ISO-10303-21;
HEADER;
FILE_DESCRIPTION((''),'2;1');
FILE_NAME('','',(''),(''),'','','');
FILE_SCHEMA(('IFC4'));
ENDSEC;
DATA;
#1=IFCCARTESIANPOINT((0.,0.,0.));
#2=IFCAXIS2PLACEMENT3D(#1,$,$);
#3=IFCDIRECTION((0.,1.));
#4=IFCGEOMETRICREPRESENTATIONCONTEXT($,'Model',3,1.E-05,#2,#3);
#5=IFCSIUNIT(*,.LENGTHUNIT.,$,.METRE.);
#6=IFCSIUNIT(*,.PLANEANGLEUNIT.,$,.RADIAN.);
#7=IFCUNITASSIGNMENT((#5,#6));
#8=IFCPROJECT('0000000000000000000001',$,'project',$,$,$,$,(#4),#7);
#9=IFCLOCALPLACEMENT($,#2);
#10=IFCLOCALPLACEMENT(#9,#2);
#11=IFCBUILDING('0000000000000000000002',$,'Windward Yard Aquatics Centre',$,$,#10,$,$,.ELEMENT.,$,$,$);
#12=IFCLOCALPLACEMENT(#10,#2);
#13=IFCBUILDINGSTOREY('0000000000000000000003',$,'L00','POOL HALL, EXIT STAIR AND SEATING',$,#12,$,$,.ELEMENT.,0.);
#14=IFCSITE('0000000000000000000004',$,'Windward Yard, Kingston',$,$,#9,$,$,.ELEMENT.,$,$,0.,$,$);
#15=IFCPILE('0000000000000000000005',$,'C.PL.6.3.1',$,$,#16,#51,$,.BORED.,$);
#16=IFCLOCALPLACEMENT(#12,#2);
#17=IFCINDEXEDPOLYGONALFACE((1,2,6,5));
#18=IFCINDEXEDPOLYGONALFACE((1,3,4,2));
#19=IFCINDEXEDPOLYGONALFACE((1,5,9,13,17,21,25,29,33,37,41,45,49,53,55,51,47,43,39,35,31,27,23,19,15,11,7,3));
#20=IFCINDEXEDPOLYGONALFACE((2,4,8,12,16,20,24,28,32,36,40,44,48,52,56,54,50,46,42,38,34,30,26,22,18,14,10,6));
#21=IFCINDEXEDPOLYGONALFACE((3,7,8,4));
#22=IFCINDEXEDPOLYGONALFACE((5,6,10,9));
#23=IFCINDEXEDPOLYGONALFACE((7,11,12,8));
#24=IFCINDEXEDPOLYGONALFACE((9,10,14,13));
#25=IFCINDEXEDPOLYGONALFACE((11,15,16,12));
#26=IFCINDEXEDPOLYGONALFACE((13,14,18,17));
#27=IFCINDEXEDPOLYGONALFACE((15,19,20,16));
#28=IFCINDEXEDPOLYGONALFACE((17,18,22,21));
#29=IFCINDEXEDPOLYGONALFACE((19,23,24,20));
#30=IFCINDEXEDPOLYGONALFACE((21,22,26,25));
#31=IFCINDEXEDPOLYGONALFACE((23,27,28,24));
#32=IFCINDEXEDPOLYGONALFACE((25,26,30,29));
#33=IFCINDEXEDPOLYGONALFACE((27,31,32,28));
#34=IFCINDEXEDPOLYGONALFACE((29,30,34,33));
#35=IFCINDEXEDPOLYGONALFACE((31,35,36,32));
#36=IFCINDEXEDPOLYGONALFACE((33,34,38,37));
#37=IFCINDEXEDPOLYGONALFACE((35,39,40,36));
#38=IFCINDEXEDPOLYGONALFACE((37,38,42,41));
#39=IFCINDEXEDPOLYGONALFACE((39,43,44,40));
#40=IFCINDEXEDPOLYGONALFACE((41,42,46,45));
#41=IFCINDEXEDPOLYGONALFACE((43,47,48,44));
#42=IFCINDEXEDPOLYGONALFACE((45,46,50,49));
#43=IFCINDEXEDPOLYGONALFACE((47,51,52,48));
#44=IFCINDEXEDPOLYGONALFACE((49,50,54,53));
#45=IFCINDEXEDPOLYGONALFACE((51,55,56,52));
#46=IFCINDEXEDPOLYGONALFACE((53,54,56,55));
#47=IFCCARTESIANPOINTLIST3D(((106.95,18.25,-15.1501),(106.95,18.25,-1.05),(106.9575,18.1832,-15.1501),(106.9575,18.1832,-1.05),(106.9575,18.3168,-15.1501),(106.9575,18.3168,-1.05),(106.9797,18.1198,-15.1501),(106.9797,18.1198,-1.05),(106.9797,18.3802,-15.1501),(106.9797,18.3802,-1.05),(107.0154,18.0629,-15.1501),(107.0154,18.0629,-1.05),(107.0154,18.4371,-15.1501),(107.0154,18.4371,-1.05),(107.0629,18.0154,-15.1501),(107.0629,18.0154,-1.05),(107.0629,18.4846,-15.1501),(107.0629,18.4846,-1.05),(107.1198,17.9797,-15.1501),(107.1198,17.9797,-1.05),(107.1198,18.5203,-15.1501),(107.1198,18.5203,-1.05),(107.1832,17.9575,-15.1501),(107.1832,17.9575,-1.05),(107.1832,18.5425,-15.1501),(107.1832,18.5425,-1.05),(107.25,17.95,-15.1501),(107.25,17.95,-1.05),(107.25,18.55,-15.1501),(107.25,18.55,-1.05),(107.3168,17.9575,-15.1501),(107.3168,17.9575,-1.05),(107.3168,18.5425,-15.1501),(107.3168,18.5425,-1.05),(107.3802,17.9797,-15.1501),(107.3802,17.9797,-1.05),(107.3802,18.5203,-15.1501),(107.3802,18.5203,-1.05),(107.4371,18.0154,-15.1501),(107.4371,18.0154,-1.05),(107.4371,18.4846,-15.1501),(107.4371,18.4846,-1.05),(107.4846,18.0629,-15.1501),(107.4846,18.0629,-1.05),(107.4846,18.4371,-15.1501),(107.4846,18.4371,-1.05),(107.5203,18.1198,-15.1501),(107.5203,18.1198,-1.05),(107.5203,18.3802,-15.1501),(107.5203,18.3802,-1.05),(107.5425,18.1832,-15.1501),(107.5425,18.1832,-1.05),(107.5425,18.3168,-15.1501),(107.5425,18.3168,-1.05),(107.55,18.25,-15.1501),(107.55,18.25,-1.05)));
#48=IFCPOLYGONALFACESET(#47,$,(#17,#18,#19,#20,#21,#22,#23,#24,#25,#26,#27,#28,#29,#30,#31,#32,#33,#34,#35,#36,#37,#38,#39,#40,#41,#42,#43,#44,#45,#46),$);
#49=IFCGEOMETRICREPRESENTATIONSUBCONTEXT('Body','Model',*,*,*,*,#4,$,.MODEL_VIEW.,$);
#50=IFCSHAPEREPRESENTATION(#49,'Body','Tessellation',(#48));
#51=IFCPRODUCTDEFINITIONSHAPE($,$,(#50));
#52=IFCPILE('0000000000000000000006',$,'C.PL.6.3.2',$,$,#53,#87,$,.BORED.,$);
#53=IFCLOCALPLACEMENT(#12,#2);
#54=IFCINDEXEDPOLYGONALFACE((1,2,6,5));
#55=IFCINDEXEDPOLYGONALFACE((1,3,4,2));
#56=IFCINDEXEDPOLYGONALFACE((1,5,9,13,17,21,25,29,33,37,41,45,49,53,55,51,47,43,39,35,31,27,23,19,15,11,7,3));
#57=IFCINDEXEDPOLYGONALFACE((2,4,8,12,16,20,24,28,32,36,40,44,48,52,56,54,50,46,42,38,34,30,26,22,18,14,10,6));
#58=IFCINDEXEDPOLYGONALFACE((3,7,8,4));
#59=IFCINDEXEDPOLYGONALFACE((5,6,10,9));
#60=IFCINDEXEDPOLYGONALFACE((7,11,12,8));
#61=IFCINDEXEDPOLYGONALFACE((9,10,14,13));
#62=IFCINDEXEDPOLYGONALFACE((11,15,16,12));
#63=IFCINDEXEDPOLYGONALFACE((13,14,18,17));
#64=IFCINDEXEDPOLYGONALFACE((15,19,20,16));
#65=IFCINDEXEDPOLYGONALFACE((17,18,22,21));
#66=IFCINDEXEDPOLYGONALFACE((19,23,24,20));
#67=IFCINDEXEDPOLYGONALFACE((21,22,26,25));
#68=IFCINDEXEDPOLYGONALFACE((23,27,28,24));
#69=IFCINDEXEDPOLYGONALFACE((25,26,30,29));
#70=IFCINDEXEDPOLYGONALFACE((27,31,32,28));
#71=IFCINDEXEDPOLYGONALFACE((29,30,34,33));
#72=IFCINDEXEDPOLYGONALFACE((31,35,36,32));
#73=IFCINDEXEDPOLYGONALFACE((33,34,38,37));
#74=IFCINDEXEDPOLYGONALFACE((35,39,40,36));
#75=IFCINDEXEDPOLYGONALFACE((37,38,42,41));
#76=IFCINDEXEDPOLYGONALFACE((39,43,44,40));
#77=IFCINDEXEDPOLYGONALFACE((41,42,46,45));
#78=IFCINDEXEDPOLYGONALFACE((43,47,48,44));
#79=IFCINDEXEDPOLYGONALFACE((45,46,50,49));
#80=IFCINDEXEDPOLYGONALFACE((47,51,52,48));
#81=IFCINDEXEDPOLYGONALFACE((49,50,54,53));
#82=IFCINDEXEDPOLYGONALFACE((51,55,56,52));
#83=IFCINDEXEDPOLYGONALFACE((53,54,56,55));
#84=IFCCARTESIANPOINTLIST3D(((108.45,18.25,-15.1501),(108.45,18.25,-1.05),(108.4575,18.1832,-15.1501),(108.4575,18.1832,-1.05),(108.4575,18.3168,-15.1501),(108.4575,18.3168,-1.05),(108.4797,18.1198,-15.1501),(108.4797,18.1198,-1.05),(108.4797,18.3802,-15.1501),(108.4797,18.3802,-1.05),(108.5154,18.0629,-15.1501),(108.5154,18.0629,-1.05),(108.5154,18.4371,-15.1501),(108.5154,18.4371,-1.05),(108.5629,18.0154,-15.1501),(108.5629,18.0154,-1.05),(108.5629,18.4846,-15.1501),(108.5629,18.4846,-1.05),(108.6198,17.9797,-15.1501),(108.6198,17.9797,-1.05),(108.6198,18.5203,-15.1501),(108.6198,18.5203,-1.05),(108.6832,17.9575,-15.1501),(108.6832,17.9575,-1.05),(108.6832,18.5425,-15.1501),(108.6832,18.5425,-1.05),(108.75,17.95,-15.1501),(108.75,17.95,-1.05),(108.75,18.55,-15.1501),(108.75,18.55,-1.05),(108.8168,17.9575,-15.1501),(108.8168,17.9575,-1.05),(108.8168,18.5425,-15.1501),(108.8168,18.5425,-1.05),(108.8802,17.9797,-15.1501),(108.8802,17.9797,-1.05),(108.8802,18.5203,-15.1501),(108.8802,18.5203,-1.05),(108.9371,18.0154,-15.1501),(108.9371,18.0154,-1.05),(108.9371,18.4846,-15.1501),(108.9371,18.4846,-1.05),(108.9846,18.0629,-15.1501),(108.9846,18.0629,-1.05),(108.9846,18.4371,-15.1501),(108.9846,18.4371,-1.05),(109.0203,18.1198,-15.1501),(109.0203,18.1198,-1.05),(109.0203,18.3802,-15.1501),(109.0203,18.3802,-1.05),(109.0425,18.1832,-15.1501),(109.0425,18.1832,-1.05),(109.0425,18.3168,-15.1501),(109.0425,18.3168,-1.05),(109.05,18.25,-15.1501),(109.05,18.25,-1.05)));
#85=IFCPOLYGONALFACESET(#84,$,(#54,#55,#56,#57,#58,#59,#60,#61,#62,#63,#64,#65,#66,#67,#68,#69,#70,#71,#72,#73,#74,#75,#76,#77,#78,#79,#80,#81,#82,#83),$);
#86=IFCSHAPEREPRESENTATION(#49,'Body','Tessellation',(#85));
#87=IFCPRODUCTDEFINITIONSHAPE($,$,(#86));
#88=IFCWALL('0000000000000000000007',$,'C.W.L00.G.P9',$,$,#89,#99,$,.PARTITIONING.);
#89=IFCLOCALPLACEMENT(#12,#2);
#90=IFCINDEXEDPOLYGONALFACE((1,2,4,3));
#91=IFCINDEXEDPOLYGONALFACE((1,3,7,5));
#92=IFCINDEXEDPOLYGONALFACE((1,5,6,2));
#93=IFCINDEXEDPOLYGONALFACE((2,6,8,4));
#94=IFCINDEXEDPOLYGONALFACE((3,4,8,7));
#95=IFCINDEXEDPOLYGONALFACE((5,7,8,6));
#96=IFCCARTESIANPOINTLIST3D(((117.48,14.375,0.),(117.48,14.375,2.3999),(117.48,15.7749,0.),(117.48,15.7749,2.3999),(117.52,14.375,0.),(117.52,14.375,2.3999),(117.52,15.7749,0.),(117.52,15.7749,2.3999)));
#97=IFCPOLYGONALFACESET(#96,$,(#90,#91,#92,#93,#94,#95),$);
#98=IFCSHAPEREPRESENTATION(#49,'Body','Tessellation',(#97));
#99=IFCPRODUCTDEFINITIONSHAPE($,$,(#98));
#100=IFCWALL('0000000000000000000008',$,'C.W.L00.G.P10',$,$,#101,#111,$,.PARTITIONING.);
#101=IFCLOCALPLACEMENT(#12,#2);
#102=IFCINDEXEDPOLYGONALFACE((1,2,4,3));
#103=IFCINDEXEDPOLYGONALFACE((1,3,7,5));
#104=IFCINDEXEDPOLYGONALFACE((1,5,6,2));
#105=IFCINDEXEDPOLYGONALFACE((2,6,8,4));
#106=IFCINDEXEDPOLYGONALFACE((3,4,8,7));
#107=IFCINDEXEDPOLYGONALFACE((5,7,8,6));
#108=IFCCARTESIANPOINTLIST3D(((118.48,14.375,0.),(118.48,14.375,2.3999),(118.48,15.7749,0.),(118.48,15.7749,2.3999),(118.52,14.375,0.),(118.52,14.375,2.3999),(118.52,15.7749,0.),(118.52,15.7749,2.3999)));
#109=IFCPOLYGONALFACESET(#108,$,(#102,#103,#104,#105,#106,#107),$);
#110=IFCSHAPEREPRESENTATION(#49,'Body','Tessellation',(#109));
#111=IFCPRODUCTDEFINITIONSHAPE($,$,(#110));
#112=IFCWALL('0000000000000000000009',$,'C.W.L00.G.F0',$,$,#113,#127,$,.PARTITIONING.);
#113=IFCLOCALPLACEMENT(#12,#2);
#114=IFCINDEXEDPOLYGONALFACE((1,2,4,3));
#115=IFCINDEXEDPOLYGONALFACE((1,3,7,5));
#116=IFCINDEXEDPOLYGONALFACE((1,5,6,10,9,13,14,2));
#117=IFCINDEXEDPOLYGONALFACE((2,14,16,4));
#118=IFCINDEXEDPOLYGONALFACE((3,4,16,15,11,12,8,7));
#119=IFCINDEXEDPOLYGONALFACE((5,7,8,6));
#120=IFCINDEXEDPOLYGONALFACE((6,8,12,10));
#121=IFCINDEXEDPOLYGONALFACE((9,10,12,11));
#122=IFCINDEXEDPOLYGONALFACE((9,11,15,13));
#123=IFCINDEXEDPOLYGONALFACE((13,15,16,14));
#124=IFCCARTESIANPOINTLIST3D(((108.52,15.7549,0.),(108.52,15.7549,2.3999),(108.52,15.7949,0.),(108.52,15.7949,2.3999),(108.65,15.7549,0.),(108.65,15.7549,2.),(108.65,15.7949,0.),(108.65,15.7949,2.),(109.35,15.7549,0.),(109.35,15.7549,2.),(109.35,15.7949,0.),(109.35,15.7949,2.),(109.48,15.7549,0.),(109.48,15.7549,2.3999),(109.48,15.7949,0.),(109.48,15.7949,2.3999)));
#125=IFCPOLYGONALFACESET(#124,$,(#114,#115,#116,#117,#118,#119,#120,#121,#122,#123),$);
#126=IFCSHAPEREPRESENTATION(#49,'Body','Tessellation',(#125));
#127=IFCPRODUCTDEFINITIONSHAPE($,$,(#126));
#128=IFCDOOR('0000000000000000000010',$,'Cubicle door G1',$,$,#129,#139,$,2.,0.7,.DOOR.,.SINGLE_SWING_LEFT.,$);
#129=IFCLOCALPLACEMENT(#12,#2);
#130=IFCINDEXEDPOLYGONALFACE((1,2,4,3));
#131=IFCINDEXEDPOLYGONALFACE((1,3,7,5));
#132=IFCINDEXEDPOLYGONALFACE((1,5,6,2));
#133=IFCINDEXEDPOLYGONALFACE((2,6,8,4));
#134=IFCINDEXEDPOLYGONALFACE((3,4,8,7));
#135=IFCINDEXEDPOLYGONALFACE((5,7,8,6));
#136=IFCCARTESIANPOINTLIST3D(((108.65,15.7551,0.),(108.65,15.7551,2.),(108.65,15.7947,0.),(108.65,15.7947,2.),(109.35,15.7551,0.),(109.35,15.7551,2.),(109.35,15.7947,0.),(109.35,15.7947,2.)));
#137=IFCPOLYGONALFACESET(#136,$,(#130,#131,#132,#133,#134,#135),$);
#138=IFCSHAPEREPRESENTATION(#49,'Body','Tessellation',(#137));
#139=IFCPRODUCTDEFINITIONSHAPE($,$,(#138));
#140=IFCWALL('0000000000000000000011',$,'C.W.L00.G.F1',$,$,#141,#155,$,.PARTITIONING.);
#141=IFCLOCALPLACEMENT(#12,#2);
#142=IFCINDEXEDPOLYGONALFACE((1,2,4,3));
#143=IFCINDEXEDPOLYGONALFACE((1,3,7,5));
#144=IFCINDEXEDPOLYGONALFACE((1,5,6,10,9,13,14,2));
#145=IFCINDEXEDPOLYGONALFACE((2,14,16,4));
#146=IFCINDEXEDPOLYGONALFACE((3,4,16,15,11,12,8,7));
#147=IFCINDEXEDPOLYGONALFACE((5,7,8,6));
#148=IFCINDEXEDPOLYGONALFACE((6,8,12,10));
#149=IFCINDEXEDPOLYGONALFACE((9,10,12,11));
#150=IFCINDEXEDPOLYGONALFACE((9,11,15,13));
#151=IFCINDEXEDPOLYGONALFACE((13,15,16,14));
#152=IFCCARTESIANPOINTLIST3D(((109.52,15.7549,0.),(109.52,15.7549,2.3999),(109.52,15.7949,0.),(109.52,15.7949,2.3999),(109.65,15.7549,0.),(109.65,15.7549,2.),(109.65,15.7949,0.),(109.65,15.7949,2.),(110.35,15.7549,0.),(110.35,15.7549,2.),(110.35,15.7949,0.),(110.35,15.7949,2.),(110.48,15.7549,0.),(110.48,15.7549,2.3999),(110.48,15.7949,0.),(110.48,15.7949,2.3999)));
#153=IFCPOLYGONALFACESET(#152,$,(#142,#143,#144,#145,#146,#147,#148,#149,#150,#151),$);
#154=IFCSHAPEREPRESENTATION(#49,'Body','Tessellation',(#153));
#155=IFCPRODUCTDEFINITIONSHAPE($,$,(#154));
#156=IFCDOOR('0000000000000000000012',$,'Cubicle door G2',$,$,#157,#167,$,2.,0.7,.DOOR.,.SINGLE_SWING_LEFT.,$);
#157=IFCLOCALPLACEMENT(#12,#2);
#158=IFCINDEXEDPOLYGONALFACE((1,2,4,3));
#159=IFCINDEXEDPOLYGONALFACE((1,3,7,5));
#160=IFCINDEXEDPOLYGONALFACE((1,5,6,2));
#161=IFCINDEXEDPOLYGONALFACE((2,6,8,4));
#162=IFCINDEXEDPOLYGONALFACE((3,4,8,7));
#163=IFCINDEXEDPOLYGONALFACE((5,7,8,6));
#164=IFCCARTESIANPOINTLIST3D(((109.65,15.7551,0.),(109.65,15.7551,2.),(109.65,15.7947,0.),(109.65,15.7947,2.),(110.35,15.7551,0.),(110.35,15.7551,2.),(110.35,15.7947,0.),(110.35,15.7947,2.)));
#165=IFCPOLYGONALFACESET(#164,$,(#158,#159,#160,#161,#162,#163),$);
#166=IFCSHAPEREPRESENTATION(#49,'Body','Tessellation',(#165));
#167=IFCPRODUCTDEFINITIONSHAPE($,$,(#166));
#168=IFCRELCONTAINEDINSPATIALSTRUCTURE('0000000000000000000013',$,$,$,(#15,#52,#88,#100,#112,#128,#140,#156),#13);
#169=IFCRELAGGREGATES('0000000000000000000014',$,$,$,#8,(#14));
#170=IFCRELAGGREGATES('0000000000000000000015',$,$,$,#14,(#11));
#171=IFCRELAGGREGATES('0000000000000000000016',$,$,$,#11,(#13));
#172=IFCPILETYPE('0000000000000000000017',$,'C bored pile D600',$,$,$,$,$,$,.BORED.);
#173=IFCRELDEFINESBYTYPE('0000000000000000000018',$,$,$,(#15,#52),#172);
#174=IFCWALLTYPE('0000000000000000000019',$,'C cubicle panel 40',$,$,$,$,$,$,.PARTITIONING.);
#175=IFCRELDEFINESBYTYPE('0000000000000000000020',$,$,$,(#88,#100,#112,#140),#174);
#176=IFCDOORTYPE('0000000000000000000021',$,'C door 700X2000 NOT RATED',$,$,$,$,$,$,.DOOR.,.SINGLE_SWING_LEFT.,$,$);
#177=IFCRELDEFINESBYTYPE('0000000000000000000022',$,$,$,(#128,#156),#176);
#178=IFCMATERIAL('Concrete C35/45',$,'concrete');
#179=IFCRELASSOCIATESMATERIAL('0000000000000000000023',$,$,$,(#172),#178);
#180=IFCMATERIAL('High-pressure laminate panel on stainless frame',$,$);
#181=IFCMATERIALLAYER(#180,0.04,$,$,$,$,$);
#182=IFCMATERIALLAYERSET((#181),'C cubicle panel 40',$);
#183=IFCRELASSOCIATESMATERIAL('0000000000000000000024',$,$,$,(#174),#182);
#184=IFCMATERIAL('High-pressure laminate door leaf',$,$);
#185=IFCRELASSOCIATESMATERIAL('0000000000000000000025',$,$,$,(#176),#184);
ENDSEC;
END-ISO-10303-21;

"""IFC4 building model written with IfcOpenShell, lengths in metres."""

from ifc_helpers import new_model, si_unit, direction, frame, frame_2d, origin, origin_2d, place, context, subcontext, project, spatial, rectangle, circle, extrude, material, layer, layer_set, material_profile, profile_set, type_object, element, fill, save


model = new_model("IFC4")

# Units and contexts
model_context = context("Model", 3, precision=1e-05, world=origin(), true_north=direction((0.0, 1.0)))
body_context = subcontext(model_context, "Body", "Model", "MODEL_VIEW")
ifc_project = project(units=[si_unit("LENGTHUNIT", "METRE"), si_unit("PLANEANGLEUNIT", "RADIAN")], contexts=[model_context])

# Site, building, storey
site_placement = place(None, origin())
site = spatial("IfcSite", under=ifc_project, at=site_placement, Name="Windward Yard, Kingston", CompositionType="ELEMENT", RefElevation=0.0)
building_placement = place(site_placement, origin())
building = spatial("IfcBuilding", under=site, at=building_placement, Name="Windward Yard Aquatics Centre", CompositionType="ELEMENT")
storey_placement = place(building_placement, origin())
storey = spatial("IfcBuildingStorey", under=building, at=storey_placement, Name="L00", Description="POOL HALL, EXIT STAIR AND SEATING", CompositionType="ELEMENT", Elevation=0.0)

# Piles
ifc_material_1 = material(Name="Concrete C35/45", Category="concrete")
ifc_material_profile = material_profile(ifc_material_1, circle(Radius=0.3, at=origin_2d()), Name="RC D600")
ifc_profile_set = profile_set([ifc_material_profile], Name="Concrete C35/45")
pile_type = type_object("IfcPileType", Name="C bored pile D600", PredefinedType="BORED", material=ifc_profile_set)
for number, where, z_axis, x_axis, name in (
    (1, (107.25, 18.25, -1.05), (0.0, 0.0, -1.0), (1.0, 0.0, 0.0), "C.PL.6.3.1"),
    (2, (108.75, 18.25, -1.05), (0.0, 0.0, -1.0), (1.0, 0.0, 0.0), "C.PL.6.3.2"),
):
    element("IfcPile", number, at=place(storey_placement, frame(where, z_axis=z_axis, x_axis=x_axis)), inside=storey, type_object=pile_type, Name=name, PredefinedType="BORED", context=body_context, shape_type="SweptSolid", body=[
        extrude(circle(Radius=0.3, at=origin_2d()), origin(), (0.0, 0.0, 1.0), 14.1001),
    ])

# Walls
ifc_material_2 = material(Name="High-pressure laminate panel on stainless frame")
ifc_layer = layer(ifc_material_2, 0.04)
ifc_layer_set = layer_set([ifc_layer], Name="C cubicle panel 40")
wall_type = type_object("IfcWallType", Name="C cubicle panel 40", PredefinedType="PARTITIONING", material=ifc_layer_set)
for number, where, z_axis, x_axis, name in (
    (3, (117.5, 14.375, 0.0), (0.0, 0.0, 1.0), (0.0, 1.0, 0.0), "C.W.L00.G.P9"),
    (4, (118.5, 14.375, 0.0), (0.0, 0.0, 1.0), (0.0, 1.0, 0.0), "C.W.L00.G.P10"),
):
    element("IfcWall", number, at=place(storey_placement, frame(where, z_axis=z_axis, x_axis=x_axis)), inside=storey, type_object=wall_type, Name=name, PredefinedType="PARTITIONING", context=body_context, shape_type="SweptSolid", body=[
        extrude(rectangle(XDim=1.3999, YDim=0.04, at=frame_2d((0.7, 0.0))), origin(), (0.0, 0.0, 1.0), 2.3999),
    ])

# Walls, openings, doors
wall_1_placement = place(storey_placement, frame((108.52, 15.7749, 0.0), z_axis=(0.0, 0.0, 1.0), x_axis=(1.0, 0.0, 0.0)))
wall_1 = element("IfcWall", 5, at=wall_1_placement, inside=storey, type_object=wall_type, Name="C.W.L00.G.F0", PredefinedType="PARTITIONING", context=body_context, shape_type="SweptSolid", body=[
    extrude(rectangle(XDim=0.96, YDim=0.04, at=frame_2d((0.48, 0.0))), origin(), (0.0, 0.0, 1.0), 2.3999),
])
opening_1_placement = place(wall_1_placement, frame((0.1299, 0.0, 0.0)))
opening_1 = element("IfcOpeningElement", 6, at=opening_1_placement, cuts=wall_1, PredefinedType="OPENING", context=body_context, shape_type="SweptSolid", body=[
    extrude(rectangle(XDim=0.7, YDim=2.0, at=frame_2d((0.3501, 1.0))), frame((0.0, 0.03, 0.0), z_axis=(0.0, -1.0, 0.0), x_axis=(1.0, 0.0, 0.0)), (0.0, 0.0, 1.0), 0.0601),
])
ifc_material_3 = material(Name="High-pressure laminate door leaf")
door_type = type_object("IfcDoorType", Name="C door 700X2000 NOT RATED", OperationType="SINGLE_SWING_LEFT", PredefinedType="DOOR", material=ifc_material_3)
door_1_placement = place(opening_1_placement, origin())
door_1 = element("IfcDoor", 7, at=door_1_placement, inside=storey, type_object=door_type, Name="Cubicle door G1", OperationType="SINGLE_SWING_LEFT", OverallHeight=2.0, OverallWidth=0.7, PredefinedType="DOOR", context=body_context, shape_type="SweptSolid", body=[
    extrude(rectangle(XDim=0.7, YDim=2.0, at=frame_2d((0.3501, 1.0))), frame((0.0, 0.0198, 0.0), z_axis=(0.0, -1.0, 0.0), x_axis=(1.0, 0.0, 0.0)), (0.0, 0.0, 1.0), 0.0396),
])
fill(opening_1, door_1)
wall_2_placement = place(storey_placement, frame((109.52, 15.7749, 0.0), z_axis=(0.0, 0.0, 1.0), x_axis=(1.0, 0.0, 0.0)))
wall_2 = element("IfcWall", 8, at=wall_2_placement, inside=storey, type_object=wall_type, Name="C.W.L00.G.F1", PredefinedType="PARTITIONING", context=body_context, shape_type="SweptSolid", body=[
    extrude(rectangle(XDim=0.96, YDim=0.04, at=frame_2d((0.48, 0.0))), origin(), (0.0, 0.0, 1.0), 2.3999),
])
opening_2_placement = place(wall_2_placement, frame((0.1299, 0.0, 0.0)))
opening_2 = element("IfcOpeningElement", 9, at=opening_2_placement, cuts=wall_2, PredefinedType="OPENING", context=body_context, shape_type="SweptSolid", body=[
    extrude(rectangle(XDim=0.7, YDim=2.0, at=frame_2d((0.3501, 1.0))), frame((0.0, 0.03, 0.0), z_axis=(0.0, -1.0, 0.0), x_axis=(1.0, 0.0, 0.0)), (0.0, 0.0, 1.0), 0.0601),
])
door_2_placement = place(opening_2_placement, origin())
door_2 = element("IfcDoor", 10, at=door_2_placement, inside=storey, type_object=door_type, Name="Cubicle door G2", OperationType="SINGLE_SWING_LEFT", OverallHeight=2.0, OverallWidth=0.7, PredefinedType="DOOR", context=body_context, shape_type="SweptSolid", body=[
    extrude(rectangle(XDim=0.7, YDim=2.0, at=frame_2d((0.3501, 1.0))), frame((0.0, 0.0198, 0.0), z_axis=(0.0, -1.0, 0.0), x_axis=(1.0, 0.0, 0.0)), (0.0, 0.0, 1.0), 0.0396),
])
fill(opening_2, door_2)

save(model, "model.ifc")
